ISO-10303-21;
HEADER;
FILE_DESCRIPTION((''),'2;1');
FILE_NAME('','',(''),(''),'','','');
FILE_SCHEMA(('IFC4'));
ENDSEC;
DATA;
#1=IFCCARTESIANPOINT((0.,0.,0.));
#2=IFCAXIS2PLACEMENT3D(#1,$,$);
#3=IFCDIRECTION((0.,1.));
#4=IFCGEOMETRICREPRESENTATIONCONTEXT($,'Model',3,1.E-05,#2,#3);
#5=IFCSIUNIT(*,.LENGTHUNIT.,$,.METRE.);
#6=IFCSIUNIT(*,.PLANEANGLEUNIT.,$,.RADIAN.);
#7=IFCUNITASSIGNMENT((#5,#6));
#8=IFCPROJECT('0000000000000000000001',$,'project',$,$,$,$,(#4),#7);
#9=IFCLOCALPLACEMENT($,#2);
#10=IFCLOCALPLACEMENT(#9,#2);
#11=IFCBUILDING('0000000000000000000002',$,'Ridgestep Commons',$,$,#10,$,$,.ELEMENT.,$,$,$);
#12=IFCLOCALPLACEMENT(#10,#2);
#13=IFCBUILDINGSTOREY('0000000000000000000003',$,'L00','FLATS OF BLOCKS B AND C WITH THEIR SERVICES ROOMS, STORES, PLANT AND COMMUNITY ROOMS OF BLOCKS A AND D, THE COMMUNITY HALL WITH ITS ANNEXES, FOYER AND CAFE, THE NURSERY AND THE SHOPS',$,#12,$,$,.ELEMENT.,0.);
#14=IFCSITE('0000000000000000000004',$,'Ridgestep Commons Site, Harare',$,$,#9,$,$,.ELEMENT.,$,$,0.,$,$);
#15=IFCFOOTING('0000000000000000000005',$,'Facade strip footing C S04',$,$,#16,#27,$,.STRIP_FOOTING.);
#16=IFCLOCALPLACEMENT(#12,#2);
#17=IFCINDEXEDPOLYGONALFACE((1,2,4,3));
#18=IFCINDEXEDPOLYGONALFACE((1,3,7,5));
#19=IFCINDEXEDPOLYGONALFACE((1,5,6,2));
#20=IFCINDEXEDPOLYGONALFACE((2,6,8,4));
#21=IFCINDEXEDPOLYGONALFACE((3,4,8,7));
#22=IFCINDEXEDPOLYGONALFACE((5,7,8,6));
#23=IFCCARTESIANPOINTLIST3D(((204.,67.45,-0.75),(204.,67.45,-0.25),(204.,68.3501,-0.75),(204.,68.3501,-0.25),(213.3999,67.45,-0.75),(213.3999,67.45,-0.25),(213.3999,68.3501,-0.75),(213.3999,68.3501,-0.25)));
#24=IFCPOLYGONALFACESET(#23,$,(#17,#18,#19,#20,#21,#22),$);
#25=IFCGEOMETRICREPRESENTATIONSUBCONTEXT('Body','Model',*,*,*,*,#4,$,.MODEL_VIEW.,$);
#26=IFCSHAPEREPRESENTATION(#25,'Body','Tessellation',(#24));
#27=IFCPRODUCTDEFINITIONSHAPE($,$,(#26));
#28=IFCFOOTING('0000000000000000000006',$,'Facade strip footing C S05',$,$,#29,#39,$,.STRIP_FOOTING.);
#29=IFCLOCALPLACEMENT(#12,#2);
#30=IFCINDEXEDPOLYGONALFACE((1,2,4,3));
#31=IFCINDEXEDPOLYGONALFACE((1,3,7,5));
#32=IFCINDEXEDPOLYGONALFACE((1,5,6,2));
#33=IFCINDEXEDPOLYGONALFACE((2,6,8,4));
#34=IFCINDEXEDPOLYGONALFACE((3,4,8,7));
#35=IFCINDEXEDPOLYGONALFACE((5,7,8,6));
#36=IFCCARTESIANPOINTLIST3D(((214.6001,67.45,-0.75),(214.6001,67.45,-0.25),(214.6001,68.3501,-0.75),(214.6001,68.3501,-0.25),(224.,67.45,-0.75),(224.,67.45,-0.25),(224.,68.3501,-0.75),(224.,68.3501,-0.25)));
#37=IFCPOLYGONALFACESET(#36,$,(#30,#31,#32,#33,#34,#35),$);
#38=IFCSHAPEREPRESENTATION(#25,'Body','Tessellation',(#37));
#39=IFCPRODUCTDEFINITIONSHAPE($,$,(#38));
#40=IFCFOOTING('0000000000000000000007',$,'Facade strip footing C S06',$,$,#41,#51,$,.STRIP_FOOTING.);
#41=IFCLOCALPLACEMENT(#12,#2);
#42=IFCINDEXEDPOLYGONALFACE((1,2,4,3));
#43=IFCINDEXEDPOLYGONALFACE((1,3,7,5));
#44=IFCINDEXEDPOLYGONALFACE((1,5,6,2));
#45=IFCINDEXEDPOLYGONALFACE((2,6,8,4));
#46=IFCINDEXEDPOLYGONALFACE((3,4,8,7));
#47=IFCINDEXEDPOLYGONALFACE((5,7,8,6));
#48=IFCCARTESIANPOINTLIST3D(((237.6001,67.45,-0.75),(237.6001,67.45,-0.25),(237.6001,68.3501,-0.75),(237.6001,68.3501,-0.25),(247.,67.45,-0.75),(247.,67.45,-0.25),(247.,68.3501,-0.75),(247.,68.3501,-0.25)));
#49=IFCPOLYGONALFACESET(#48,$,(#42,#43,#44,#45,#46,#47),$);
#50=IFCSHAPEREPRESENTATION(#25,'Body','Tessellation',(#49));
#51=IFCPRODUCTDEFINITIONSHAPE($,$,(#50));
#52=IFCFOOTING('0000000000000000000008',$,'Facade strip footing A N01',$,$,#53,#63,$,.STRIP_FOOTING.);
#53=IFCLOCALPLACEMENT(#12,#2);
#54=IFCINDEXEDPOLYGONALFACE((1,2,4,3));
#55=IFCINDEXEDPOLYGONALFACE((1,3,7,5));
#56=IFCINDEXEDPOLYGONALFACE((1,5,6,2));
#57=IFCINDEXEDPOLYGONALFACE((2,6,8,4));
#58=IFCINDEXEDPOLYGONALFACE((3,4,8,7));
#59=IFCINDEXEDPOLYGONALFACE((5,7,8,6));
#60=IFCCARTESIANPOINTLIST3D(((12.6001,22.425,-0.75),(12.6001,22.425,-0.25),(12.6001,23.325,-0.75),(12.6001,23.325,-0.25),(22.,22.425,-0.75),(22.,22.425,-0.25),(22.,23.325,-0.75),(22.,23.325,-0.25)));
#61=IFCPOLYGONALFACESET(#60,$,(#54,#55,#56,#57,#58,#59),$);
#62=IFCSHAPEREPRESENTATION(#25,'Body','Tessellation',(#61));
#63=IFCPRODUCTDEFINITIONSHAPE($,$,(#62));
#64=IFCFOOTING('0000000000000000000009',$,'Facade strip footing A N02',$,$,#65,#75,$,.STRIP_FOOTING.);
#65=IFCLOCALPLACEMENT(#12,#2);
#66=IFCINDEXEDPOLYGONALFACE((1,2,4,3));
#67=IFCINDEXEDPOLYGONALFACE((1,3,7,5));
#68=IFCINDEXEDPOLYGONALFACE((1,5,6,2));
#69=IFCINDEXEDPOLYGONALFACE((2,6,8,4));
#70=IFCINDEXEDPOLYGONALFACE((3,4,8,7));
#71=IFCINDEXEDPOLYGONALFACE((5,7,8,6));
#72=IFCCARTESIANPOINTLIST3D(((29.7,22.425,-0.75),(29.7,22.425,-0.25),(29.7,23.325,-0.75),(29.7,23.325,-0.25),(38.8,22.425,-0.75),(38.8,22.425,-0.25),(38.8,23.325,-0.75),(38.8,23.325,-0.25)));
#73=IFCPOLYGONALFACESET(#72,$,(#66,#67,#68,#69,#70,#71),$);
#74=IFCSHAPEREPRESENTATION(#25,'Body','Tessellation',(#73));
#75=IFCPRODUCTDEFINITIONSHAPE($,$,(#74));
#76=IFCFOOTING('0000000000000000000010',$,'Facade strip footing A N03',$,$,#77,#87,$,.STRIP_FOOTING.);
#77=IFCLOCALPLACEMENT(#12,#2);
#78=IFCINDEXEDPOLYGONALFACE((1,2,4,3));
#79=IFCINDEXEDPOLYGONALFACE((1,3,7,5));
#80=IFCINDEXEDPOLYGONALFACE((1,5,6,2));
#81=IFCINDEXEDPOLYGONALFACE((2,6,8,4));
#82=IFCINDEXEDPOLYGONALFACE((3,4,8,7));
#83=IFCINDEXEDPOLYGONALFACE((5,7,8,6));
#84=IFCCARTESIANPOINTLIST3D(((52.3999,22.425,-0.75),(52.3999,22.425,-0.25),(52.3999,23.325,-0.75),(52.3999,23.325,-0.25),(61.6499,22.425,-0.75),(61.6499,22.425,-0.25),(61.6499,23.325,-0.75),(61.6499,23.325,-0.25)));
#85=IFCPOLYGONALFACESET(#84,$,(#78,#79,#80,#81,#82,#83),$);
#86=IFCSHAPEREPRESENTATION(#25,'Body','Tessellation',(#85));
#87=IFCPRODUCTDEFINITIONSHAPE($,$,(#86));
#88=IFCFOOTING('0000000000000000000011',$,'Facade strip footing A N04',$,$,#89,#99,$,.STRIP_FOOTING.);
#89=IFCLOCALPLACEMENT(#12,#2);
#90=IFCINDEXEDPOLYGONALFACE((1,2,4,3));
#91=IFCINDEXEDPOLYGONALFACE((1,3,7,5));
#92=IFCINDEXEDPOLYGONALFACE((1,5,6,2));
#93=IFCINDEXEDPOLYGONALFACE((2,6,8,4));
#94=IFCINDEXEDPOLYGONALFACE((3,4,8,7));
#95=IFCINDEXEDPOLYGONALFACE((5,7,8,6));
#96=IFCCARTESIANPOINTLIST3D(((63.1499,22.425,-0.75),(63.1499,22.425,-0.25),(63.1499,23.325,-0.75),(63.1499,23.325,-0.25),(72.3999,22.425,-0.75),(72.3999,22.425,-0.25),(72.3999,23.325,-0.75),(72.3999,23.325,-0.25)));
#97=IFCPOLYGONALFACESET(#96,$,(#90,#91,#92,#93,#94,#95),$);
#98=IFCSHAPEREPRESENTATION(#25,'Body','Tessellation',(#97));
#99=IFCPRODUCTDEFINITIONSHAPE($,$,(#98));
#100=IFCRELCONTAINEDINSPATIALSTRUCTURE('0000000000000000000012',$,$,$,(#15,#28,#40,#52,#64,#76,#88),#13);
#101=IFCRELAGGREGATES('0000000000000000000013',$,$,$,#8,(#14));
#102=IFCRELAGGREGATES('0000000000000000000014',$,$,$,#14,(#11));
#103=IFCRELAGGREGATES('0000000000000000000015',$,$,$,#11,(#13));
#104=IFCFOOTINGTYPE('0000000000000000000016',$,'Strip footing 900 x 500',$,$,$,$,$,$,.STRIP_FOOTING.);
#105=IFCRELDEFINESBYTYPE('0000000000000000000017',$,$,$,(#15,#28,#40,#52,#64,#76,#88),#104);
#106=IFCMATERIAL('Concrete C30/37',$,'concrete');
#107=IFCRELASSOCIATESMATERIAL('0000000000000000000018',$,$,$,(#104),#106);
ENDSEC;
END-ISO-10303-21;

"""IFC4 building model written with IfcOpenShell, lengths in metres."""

from ifc_helpers import new_model, si_unit, direction, frame, origin, place, context, subcontext, project, spatial, polyline, outline, extrude, material, type_object, element, save


model = new_model("IFC4")

# Units and contexts
model_context = context("Model", 3, precision=1e-05, world=origin(), true_north=direction((0.0, 1.0)))
body_context = subcontext(model_context, "Body", "Model", "MODEL_VIEW")
ifc_project = project(units=[si_unit("LENGTHUNIT", "METRE"), si_unit("PLANEANGLEUNIT", "RADIAN")], contexts=[model_context])

# Site, building, storey
site_placement = place(None, origin())
site = spatial("IfcSite", under=ifc_project, at=site_placement, Name="Ridgestep Commons Site, Harare", CompositionType="ELEMENT", RefElevation=0.0)
building_placement = place(site_placement, origin())
building = spatial("IfcBuilding", under=site, at=building_placement, Name="Ridgestep Commons", CompositionType="ELEMENT")
storey_placement = place(building_placement, origin())
storey = spatial("IfcBuildingStorey", under=building, at=storey_placement, Name="L00", Description="FLATS OF BLOCKS B AND C WITH THEIR SERVICES ROOMS, STORES, PLANT AND COMMUNITY ROOMS OF BLOCKS A AND D, THE COMMUNITY HALL WITH ITS ANNEXES, FOYER AND CAFE, THE NURSERY AND THE SHOPS", CompositionType="ELEMENT", Elevation=0.0)

# Footings
ifc_material_1 = material(Name="Concrete C30/37", Category="concrete")
footing_type_1 = type_object("IfcFootingType", Name="Strip footing 900 x 500", PredefinedType="STRIP_FOOTING", material=ifc_material_1)
footing_1_placement = place(storey_placement, frame((0.0, 0.0, -0.75)))
element("IfcFooting", 1, at=footing_1_placement, inside=storey, type_object=footing_type_1, Name="Facade strip footing C S04", PredefinedType="STRIP_FOOTING", context=body_context, shape_type="SweptSolid", body=[
    extrude(outline(polyline([(213.3999, 67.45), (213.3999, 68.3501), (204.0, 68.3501), (204.0, 67.45), (213.3999, 67.45)])), origin(), (0.0, 0.0, 1.0), 0.5),
])
footing_2_placement = place(storey_placement, frame((0.0, 0.0, -0.75)))
element("IfcFooting", 2, at=footing_2_placement, inside=storey, type_object=footing_type_1, Name="Facade strip footing C S05", PredefinedType="STRIP_FOOTING", context=body_context, shape_type="SweptSolid", body=[
    extrude(outline(polyline([(224.0, 67.45), (224.0, 68.3501), (214.6001, 68.3501), (214.6001, 67.45), (224.0, 67.45)])), origin(), (0.0, 0.0, 1.0), 0.5),
])
footing_3_placement = place(storey_placement, frame((0.0, 0.0, -0.75)))
element("IfcFooting", 3, at=footing_3_placement, inside=storey, type_object=footing_type_1, Name="Facade strip footing C S06", PredefinedType="STRIP_FOOTING", context=body_context, shape_type="SweptSolid", body=[
    extrude(outline(polyline([(247.0, 67.45), (247.0, 68.3501), (237.6001, 68.3501), (237.6001, 67.45), (247.0, 67.45)])), origin(), (0.0, 0.0, 1.0), 0.5),
])
footing_4_placement = place(storey_placement, frame((0.0, 0.0, -0.75)))
element("IfcFooting", 4, at=footing_4_placement, inside=storey, type_object=footing_type_1, Name="Facade strip footing A N01", PredefinedType="STRIP_FOOTING", context=body_context, shape_type="SweptSolid", body=[
    extrude(outline(polyline([(22.0, 22.425), (22.0, 23.325), (12.6001, 23.325), (12.6001, 22.425), (22.0, 22.425)])), origin(), (0.0, 0.0, 1.0), 0.5),
])
footing_5_placement = place(storey_placement, frame((0.0, 0.0, -0.75)))
element("IfcFooting", 5, at=footing_5_placement, inside=storey, type_object=footing_type_1, Name="Facade strip footing A N02", PredefinedType="STRIP_FOOTING", context=body_context, shape_type="SweptSolid", body=[
    extrude(outline(polyline([(38.8, 22.425), (38.8, 23.325), (29.7, 23.325), (29.7, 22.425), (38.8, 22.425)])), origin(), (0.0, 0.0, 1.0), 0.5),
])
footing_6_placement = place(storey_placement, frame((0.0, 0.0, -0.75)))
element("IfcFooting", 6, at=footing_6_placement, inside=storey, type_object=footing_type_1, Name="Facade strip footing A N03", PredefinedType="STRIP_FOOTING", context=body_context, shape_type="SweptSolid", body=[
    extrude(outline(polyline([(61.6499, 22.425), (61.6499, 23.325), (52.3999, 23.325), (52.3999, 22.425), (61.6499, 22.425)])), origin(), (0.0, 0.0, 1.0), 0.5),
])
footing_7_placement = place(storey_placement, frame((0.0, 0.0, -0.75)))
element("IfcFooting", 7, at=footing_7_placement, inside=storey, type_object=footing_type_1, Name="Facade strip footing A N04", PredefinedType="STRIP_FOOTING", context=body_context, shape_type="SweptSolid", body=[
    extrude(outline(polyline([(72.3999, 22.425), (72.3999, 23.325), (63.1499, 23.325), (63.1499, 22.425), (72.3999, 22.425)])), origin(), (0.0, 0.0, 1.0), 0.5),
])

save(model, "model.ifc")
